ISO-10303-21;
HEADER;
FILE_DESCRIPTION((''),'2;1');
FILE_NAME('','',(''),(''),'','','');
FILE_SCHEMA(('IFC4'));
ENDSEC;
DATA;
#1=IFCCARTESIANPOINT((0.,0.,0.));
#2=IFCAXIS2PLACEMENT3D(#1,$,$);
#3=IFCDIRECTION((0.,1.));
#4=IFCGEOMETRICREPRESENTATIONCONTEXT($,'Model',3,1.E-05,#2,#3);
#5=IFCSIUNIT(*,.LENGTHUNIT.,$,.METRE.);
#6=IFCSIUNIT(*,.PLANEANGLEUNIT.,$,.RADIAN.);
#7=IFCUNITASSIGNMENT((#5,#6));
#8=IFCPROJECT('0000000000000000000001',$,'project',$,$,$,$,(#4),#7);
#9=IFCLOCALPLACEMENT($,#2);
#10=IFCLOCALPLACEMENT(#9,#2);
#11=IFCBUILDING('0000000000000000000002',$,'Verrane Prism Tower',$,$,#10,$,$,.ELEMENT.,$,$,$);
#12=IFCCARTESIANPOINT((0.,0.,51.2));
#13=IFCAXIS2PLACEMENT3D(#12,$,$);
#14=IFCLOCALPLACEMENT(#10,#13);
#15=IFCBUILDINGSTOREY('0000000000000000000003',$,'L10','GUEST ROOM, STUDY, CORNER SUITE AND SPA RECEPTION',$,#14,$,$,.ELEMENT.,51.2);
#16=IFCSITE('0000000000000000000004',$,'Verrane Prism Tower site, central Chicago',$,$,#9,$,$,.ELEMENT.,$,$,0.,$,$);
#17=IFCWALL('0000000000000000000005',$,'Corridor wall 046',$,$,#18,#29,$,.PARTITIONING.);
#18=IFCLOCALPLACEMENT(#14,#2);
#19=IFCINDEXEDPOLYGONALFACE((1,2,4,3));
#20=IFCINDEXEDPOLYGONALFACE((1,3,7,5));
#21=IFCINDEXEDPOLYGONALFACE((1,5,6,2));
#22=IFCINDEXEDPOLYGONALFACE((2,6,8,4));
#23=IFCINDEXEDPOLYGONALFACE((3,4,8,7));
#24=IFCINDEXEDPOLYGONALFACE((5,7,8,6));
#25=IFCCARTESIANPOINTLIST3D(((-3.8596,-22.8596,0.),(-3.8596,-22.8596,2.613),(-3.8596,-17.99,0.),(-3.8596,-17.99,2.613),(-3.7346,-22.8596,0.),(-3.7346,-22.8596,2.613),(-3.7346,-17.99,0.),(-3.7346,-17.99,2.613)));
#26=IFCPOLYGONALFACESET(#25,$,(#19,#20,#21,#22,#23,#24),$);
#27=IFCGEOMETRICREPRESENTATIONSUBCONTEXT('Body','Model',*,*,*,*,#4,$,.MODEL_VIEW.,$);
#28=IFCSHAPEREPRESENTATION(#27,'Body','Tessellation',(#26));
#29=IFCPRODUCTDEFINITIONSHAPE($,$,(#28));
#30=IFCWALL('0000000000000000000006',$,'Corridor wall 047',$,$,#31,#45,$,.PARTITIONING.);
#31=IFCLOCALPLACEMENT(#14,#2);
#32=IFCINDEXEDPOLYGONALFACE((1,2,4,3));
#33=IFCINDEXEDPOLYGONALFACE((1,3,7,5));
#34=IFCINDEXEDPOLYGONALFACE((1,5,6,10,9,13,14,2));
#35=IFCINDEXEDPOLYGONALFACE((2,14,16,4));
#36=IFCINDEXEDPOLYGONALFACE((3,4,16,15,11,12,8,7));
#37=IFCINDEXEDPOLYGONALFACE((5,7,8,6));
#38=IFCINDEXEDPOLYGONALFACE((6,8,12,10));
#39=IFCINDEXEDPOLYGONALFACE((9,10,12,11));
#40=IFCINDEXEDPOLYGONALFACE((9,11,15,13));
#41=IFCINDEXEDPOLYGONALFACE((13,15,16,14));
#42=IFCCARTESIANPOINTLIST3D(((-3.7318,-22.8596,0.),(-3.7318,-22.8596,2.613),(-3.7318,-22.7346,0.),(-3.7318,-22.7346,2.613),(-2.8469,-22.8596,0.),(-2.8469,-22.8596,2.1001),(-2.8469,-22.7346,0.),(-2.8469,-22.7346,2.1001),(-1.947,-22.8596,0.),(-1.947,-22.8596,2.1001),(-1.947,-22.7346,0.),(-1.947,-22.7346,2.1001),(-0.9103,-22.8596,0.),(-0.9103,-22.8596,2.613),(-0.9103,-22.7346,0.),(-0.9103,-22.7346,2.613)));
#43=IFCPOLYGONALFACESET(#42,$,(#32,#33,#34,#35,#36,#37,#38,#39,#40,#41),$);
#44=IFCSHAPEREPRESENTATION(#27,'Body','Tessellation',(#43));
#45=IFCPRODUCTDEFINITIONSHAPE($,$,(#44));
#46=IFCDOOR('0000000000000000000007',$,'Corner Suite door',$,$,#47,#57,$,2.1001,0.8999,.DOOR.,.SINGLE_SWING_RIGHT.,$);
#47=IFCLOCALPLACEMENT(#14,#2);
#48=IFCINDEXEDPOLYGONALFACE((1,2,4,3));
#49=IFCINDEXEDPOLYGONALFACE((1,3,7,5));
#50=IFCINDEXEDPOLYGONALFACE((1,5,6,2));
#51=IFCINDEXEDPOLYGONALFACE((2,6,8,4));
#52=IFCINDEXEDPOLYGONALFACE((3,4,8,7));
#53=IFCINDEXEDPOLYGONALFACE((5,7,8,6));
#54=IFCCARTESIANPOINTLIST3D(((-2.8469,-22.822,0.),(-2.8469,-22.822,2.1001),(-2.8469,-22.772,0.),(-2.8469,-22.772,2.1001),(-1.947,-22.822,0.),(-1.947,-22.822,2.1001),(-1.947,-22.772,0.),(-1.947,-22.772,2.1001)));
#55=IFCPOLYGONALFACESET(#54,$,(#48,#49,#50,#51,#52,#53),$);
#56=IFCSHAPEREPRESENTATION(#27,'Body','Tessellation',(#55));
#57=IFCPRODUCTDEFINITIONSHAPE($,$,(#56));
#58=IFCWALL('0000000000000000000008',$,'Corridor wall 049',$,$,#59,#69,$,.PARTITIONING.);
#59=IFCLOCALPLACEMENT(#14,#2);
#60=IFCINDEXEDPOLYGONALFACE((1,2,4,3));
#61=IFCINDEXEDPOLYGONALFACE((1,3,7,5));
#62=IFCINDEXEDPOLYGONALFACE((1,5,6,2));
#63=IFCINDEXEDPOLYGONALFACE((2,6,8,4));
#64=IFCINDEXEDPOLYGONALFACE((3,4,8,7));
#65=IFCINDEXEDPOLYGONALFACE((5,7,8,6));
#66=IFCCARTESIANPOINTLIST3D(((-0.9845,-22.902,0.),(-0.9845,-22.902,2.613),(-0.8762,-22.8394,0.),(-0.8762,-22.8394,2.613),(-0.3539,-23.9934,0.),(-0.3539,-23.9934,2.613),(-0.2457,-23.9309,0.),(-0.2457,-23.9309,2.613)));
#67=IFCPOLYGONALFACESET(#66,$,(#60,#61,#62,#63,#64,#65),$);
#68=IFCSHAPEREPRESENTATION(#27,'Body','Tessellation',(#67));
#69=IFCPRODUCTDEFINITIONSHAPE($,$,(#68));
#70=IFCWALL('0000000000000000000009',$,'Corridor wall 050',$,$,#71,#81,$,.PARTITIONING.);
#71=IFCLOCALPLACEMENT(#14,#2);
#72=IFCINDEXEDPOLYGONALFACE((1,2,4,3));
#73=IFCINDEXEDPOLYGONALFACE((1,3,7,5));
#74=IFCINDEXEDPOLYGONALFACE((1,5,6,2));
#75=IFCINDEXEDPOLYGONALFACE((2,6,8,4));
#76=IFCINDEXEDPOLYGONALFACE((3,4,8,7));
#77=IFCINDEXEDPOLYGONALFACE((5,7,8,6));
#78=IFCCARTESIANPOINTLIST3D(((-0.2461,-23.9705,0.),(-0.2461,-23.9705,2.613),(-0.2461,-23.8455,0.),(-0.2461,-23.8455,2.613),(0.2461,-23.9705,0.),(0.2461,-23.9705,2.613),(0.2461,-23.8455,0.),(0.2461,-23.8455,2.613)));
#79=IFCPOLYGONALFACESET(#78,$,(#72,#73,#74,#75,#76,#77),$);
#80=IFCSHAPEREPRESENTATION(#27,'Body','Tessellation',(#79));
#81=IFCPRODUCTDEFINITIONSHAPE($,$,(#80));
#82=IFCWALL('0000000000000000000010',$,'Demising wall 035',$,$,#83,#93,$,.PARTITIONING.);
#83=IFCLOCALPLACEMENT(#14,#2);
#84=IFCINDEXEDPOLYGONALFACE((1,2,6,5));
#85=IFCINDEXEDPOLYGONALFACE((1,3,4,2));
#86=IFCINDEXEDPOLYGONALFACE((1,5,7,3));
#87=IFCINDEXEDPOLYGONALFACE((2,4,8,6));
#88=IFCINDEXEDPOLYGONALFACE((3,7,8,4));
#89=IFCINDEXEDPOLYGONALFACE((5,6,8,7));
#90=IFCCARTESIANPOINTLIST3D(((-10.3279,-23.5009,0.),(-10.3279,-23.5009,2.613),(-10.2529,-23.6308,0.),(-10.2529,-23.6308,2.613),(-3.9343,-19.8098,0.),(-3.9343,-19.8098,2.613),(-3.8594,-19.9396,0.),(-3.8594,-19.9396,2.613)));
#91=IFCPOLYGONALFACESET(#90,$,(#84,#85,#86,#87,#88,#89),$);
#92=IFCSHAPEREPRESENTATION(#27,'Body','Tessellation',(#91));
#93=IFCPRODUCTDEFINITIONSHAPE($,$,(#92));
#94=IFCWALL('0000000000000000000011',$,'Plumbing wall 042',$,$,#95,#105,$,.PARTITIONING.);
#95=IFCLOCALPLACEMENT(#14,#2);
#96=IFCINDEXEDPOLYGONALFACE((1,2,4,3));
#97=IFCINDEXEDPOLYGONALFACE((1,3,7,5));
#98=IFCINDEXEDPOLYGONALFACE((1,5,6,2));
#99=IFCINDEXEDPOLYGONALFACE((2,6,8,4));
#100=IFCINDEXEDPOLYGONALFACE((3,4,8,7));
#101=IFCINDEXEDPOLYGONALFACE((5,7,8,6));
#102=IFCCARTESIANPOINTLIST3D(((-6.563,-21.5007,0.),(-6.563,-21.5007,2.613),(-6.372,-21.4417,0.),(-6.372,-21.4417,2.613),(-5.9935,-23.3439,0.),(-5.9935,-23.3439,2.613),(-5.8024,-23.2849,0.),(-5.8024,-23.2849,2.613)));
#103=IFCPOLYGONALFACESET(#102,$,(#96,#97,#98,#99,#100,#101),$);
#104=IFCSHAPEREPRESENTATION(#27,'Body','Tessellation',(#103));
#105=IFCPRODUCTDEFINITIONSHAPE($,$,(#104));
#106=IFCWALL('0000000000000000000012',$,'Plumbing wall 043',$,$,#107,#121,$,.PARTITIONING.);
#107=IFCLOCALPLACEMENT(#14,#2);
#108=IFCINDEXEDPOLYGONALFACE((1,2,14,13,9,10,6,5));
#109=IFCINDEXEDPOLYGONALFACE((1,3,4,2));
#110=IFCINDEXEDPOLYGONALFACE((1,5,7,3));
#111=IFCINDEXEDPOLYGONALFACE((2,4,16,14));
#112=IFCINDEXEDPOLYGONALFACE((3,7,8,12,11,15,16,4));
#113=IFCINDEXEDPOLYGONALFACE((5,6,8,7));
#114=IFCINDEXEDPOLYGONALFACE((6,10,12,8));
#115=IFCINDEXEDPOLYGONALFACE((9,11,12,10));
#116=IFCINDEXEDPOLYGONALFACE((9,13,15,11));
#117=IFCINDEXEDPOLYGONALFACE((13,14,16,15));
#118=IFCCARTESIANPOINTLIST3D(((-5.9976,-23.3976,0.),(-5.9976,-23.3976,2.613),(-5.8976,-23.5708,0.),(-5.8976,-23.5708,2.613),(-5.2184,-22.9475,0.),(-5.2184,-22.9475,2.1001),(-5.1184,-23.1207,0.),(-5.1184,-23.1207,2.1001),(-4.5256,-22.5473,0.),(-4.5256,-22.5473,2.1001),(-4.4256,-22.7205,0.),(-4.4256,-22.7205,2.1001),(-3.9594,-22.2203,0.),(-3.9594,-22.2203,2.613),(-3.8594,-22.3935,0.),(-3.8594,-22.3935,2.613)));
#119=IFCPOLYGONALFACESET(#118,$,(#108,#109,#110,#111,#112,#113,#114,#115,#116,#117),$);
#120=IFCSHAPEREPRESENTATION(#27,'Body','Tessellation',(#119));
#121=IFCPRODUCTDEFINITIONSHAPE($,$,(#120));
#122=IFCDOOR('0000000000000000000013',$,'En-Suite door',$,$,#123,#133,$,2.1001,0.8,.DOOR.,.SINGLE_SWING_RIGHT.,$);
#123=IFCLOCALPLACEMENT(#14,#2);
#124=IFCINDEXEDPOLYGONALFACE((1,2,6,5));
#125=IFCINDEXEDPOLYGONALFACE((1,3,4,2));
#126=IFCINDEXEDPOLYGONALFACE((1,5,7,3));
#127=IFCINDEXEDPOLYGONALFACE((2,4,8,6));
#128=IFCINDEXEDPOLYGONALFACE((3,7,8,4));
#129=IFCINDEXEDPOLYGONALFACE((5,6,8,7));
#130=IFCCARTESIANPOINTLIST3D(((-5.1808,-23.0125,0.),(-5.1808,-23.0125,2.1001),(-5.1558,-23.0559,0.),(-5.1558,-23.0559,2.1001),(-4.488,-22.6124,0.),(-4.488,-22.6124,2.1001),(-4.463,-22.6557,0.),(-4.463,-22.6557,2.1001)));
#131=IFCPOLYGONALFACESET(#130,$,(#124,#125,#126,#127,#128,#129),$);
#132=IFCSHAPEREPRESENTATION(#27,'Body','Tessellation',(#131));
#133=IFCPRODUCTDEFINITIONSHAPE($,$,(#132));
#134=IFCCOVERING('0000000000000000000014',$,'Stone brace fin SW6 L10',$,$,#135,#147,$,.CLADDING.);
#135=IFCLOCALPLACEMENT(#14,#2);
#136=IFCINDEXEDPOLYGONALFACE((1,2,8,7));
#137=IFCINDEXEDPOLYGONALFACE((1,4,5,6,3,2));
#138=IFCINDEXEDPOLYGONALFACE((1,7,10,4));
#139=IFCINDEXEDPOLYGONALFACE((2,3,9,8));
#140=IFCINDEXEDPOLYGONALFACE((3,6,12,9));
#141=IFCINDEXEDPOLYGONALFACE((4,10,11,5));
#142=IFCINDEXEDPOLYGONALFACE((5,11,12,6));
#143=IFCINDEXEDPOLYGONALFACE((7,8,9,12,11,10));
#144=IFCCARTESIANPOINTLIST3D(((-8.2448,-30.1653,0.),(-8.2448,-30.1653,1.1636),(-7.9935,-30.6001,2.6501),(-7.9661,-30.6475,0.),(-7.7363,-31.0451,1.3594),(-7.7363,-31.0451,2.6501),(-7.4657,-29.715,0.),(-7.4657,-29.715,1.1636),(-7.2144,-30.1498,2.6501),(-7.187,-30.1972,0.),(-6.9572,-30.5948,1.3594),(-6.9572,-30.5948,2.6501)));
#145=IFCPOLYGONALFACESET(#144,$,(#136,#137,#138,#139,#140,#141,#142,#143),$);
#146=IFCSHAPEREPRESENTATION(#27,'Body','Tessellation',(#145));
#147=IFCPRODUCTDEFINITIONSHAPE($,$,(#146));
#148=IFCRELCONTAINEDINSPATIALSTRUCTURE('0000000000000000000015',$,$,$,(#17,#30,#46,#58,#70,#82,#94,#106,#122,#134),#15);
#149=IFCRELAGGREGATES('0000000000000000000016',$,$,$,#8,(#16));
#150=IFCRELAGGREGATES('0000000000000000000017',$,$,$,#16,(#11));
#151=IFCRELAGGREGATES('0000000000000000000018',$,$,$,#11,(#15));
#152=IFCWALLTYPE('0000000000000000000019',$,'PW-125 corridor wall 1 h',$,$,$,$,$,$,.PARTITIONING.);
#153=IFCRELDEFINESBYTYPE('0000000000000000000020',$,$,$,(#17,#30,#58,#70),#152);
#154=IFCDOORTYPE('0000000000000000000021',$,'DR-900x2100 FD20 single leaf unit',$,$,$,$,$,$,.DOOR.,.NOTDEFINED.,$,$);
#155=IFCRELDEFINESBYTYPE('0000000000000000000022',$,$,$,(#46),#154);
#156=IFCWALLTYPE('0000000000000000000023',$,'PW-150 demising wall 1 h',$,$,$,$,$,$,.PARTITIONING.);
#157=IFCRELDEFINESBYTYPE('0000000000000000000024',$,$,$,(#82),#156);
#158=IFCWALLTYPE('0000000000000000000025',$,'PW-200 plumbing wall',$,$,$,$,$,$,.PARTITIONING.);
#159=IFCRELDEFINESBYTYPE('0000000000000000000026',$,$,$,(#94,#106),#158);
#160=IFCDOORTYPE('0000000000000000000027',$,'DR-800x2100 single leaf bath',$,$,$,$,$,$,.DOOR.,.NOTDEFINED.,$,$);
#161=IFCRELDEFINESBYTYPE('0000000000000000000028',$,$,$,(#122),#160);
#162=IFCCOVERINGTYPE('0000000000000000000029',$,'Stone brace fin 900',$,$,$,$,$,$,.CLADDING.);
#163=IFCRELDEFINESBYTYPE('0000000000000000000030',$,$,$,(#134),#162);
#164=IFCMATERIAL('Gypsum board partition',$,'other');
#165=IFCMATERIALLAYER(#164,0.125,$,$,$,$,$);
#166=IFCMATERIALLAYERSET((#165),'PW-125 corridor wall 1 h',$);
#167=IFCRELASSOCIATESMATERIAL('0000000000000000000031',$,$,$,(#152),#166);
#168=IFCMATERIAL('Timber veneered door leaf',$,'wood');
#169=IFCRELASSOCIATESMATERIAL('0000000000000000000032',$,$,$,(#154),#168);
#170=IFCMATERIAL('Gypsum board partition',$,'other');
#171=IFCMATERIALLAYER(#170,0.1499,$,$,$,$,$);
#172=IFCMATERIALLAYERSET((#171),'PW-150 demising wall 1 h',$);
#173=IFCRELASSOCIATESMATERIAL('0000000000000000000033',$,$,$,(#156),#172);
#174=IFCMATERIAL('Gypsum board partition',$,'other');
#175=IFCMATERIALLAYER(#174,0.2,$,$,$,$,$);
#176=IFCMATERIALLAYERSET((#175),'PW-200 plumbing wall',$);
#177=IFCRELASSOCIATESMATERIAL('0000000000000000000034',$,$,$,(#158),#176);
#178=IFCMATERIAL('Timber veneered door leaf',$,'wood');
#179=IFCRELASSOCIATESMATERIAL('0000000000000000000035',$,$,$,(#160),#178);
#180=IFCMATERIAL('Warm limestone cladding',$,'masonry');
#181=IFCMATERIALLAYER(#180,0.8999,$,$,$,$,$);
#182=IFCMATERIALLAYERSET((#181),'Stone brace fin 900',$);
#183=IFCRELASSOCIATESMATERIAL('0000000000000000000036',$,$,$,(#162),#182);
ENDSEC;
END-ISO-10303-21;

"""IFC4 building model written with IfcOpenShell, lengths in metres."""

from ifc_helpers import new_model, si_unit, direction, frame, frame_2d, origin, place, context, subcontext, project, spatial, polyline, rectangle, outline, extrude, material, layer, layer_set, type_object, element, fill, save


model = new_model("IFC4")

# Units and contexts
model_context = context("Model", 3, precision=1e-05, world=origin(), true_north=direction((0.0, 1.0)))
body_context = subcontext(model_context, "Body", "Model", "MODEL_VIEW")
ifc_project = project(units=[si_unit("LENGTHUNIT", "METRE"), si_unit("PLANEANGLEUNIT", "RADIAN")], contexts=[model_context])

# Site, building, storey
site_placement = place(None, origin())
site = spatial("IfcSite", under=ifc_project, at=site_placement, Name="Verrane Prism Tower site, central Chicago", CompositionType="ELEMENT", RefElevation=0.0)
building_placement = place(site_placement, origin())
building = spatial("IfcBuilding", under=site, at=building_placement, Name="Verrane Prism Tower", CompositionType="ELEMENT")
storey_placement = place(building_placement, frame((0.0, 0.0, 51.2)))
storey = spatial("IfcBuildingStorey", under=building, at=storey_placement, Name="L10", Description="GUEST ROOM, STUDY, CORNER SUITE AND SPA RECEPTION", CompositionType="ELEMENT", Elevation=51.2)

# Wall
ifc_material_1 = material(Name="Gypsum board partition", Category="other")
ifc_layer_1 = layer(ifc_material_1, 0.125)
ifc_layer_set_1 = layer_set([ifc_layer_1], Name="PW-125 corridor wall 1 h")
wall_type_1 = type_object("IfcWallType", Name="PW-125 corridor wall 1 h", PredefinedType="PARTITIONING", material=ifc_layer_set_1)
wall_1_placement = place(storey_placement, frame((-3.7971, -22.8596, 0.0), z_axis=(0.0, 0.0, 1.0), x_axis=(0.0, 1.0, 0.0)))
element("IfcWall", 1, at=wall_1_placement, inside=storey, type_object=wall_type_1, Name="Corridor wall 046", PredefinedType="PARTITIONING", context=body_context, shape_type="SweptSolid", body=[
    extrude(rectangle(XDim=4.8696, YDim=0.125, at=frame_2d((2.4348, 0.0))), origin(), (0.0, 0.0, 1.0), 2.613),
])

# Wall, opening, door
wall_2_placement = place(storey_placement, frame((-0.9104, -22.7971, 0.0), z_axis=(0.0, 0.0, 1.0), x_axis=(-1.0, 0.0, 0.0)))
wall_2 = element("IfcWall", 2, at=wall_2_placement, inside=storey, type_object=wall_type_1, Name="Corridor wall 047", PredefinedType="PARTITIONING", context=body_context, shape_type="SweptSolid", body=[
    extrude(rectangle(XDim=2.8215, YDim=0.125, at=frame_2d((1.4106, 0.0))), origin(), (0.0, 0.0, 1.0), 2.613),
])
opening_1_placement = place(wall_2_placement, frame((1.0366, 0.0, 0.0)))
opening_1 = element("IfcOpeningElement", 3, at=opening_1_placement, cuts=wall_2, PredefinedType="OPENING", context=body_context, shape_type="SweptSolid", body=[
    extrude(rectangle(XDim=0.8999, YDim=2.1001, at=frame_2d((0.45, 1.05))), frame((0.0, 0.0725, 0.0), z_axis=(0.0, -1.0, 0.0), x_axis=(1.0, 0.0, 0.0)), (0.0, 0.0, 1.0), 0.145),
])
ifc_material_2 = material(Name="Timber veneered door leaf", Category="wood")
door_type_1 = type_object("IfcDoorType", Name="DR-900x2100 FD20 single leaf unit", OperationType="NOTDEFINED", PredefinedType="DOOR", material=ifc_material_2)
door_1_placement = place(opening_1_placement, origin())
door_1 = element("IfcDoor", 4, at=door_1_placement, inside=storey, type_object=door_type_1, Name="Corner Suite door", OperationType="SINGLE_SWING_RIGHT", OverallHeight=2.1001, OverallWidth=0.8999, PredefinedType="DOOR", context=body_context, shape_type="SweptSolid", body=[
    extrude(rectangle(XDim=0.8999, YDim=2.1001, at=frame_2d((0.45, 1.05))), frame((0.0, 0.0249, 0.0), z_axis=(0.0, -1.0, 0.0), x_axis=(1.0, 0.0, 0.0)), (0.0, 0.0, 1.0), 0.05),
])
fill(opening_1, door_1)

# Walls
wall_3_placement = place(storey_placement, frame((-0.9304, -22.8706, 0.0), z_axis=(0.0, 0.0, 1.0), x_axis=(0.500242, -0.865886, 0.0)))
element("IfcWall", 5, at=wall_3_placement, inside=storey, type_object=wall_type_1, Name="Corridor wall 049", PredefinedType="PARTITIONING", context=body_context, shape_type="SweptSolid", body=[
    extrude(rectangle(XDim=1.2605, YDim=0.125, at=frame_2d((0.6304, 0.0))), origin(), (0.0, 0.0, 1.0), 2.613),
])
wall_4_placement = place(storey_placement, frame((-0.2461, -23.908, 0.0), z_axis=(0.0, 0.0, 1.0), x_axis=(1.0, 0.0, 0.0)))
element("IfcWall", 6, at=wall_4_placement, inside=storey, type_object=wall_type_1, Name="Corridor wall 050", PredefinedType="PARTITIONING", context=body_context, shape_type="SweptSolid", body=[
    extrude(rectangle(XDim=0.4922, YDim=0.125, at=frame_2d((0.2461, 0.0))), origin(), (0.0, 0.0, 1.0), 2.613),
])
ifc_material_3 = material(Name="Gypsum board partition", Category="other")
ifc_layer_2 = layer(ifc_material_3, 0.1499)
ifc_layer_set_2 = layer_set([ifc_layer_2], Name="PW-150 demising wall 1 h")
wall_type_2 = type_object("IfcWallType", Name="PW-150 demising wall 1 h", PredefinedType="PARTITIONING", material=ifc_layer_set_2)
wall_5_placement = place(storey_placement, frame((-10.2905, -23.5659, 0.0), z_axis=(0.0, 0.0, 1.0), x_axis=(0.866035, 0.499984, 0.0)))
element("IfcWall", 7, at=wall_5_placement, inside=storey, type_object=wall_type_2, Name="Demising wall 035", PredefinedType="PARTITIONING", context=body_context, shape_type="SweptSolid", body=[
    extrude(rectangle(XDim=7.3826, YDim=0.1499, at=frame_2d((3.6914, 0.0))), origin(), (0.0, 0.0, 1.0), 2.613),
])
ifc_material_4 = material(Name="Gypsum board partition", Category="other")
ifc_layer_3 = layer(ifc_material_4, 0.2)
ifc_layer_set_3 = layer_set([ifc_layer_3], Name="PW-200 plumbing wall")
wall_type_3 = type_object("IfcWallType", Name="PW-200 plumbing wall", PredefinedType="PARTITIONING", material=ifc_layer_set_3)
wall_6_placement = place(storey_placement, frame((-6.4675, -21.4712, 0.0), z_axis=(0.0, 0.0, 1.0), x_axis=(0.295233, -0.955425, 0.0)))
element("IfcWall", 8, at=wall_6_placement, inside=storey, type_object=wall_type_3, Name="Plumbing wall 042", PredefinedType="PARTITIONING", context=body_context, shape_type="SweptSolid", body=[
    extrude(rectangle(XDim=1.9292, YDim=0.2, at=frame_2d((0.9646, 0.0))), origin(), (0.0, 0.0, 1.0), 2.613),
])

# Wall, opening, door
wall_7_placement = place(storey_placement, frame((-5.9475, -23.4841, 0.0), z_axis=(0.0, 0.0, 1.0), x_axis=(0.865923, 0.500177, 0.0)))
wall_7 = element("IfcWall", 9, at=wall_7_placement, inside=storey, type_object=wall_type_3, Name="Plumbing wall 043", PredefinedType="PARTITIONING", context=body_context, shape_type="SweptSolid", body=[
    extrude(rectangle(XDim=2.3538, YDim=0.2, at=frame_2d((1.1768, 0.0))), origin(), (0.0, 0.0, 1.0), 2.613),
])
opening_2_placement = place(wall_7_placement, frame((0.8999, 0.0, 0.0)))
opening_2 = element("IfcOpeningElement", 10, at=opening_2_placement, cuts=wall_7, PredefinedType="OPENING", context=body_context, shape_type="SweptSolid", body=[
    extrude(rectangle(XDim=0.8, YDim=2.1001, at=frame_2d((0.3999, 1.05))), frame((0.0, 0.1099, 0.0), z_axis=(0.0, -1.0, 0.0), x_axis=(1.0, 0.0, 0.0)), (0.0, 0.0, 1.0), 0.22),
])
ifc_material_5 = material(Name="Timber veneered door leaf", Category="wood")
door_type_2 = type_object("IfcDoorType", Name="DR-800x2100 single leaf bath", OperationType="NOTDEFINED", PredefinedType="DOOR", material=ifc_material_5)
door_2_placement = place(opening_2_placement, origin())
door_2 = element("IfcDoor", 11, at=door_2_placement, inside=storey, type_object=door_type_2, Name="En-Suite door", OperationType="SINGLE_SWING_RIGHT", OverallHeight=2.1001, OverallWidth=0.8, PredefinedType="DOOR", context=body_context, shape_type="SweptSolid", body=[
    extrude(rectangle(XDim=0.8, YDim=2.1001, at=frame_2d((0.3999, 1.05))), frame((0.0, 0.0249, 0.0), z_axis=(0.0, -1.0, 0.0), x_axis=(1.0, 0.0, 0.0)), (0.0, 0.0, 1.0), 0.05),
])
fill(opening_2, door_2)

# Covering
ifc_material_6 = material(Name="Warm limestone cladding", Category="masonry")
ifc_layer_4 = layer(ifc_material_6, 0.8999)
ifc_layer_set_4 = layer_set([ifc_layer_4], Name="Stone brace fin 900")
covering_type = type_object("IfcCoveringType", Name="Stone brace fin 900", PredefinedType="CLADDING", material=ifc_layer_set_4)
covering_placement = place(storey_placement, frame((-7.8552, -29.9402, 0.0), z_axis=(0.0, 0.0, 1.0), x_axis=(0.500402, -0.865793, 0.0)))
element("IfcCovering", 12, at=covering_placement, inside=storey, type_object=covering_type, Name="Stone brace fin SW6 L10", PredefinedType="CLADDING", context=body_context, shape_type="SweptSolid", body=[
    extrude(outline(polyline([(1.0161, 2.6501), (0.5022, 2.6501), (0.0, 1.1636), (0.0, 0.0), (0.5569, 0.0), (1.0161, 1.3594), (1.0161, 2.6501)])), frame((0.0, 0.45, 0.0), z_axis=(0.0, -1.0, 0.0), x_axis=(1.0, 0.0, 0.0)), (0.0, 0.0, 1.0), 0.8999),
])

save(model, "model.ifc")
